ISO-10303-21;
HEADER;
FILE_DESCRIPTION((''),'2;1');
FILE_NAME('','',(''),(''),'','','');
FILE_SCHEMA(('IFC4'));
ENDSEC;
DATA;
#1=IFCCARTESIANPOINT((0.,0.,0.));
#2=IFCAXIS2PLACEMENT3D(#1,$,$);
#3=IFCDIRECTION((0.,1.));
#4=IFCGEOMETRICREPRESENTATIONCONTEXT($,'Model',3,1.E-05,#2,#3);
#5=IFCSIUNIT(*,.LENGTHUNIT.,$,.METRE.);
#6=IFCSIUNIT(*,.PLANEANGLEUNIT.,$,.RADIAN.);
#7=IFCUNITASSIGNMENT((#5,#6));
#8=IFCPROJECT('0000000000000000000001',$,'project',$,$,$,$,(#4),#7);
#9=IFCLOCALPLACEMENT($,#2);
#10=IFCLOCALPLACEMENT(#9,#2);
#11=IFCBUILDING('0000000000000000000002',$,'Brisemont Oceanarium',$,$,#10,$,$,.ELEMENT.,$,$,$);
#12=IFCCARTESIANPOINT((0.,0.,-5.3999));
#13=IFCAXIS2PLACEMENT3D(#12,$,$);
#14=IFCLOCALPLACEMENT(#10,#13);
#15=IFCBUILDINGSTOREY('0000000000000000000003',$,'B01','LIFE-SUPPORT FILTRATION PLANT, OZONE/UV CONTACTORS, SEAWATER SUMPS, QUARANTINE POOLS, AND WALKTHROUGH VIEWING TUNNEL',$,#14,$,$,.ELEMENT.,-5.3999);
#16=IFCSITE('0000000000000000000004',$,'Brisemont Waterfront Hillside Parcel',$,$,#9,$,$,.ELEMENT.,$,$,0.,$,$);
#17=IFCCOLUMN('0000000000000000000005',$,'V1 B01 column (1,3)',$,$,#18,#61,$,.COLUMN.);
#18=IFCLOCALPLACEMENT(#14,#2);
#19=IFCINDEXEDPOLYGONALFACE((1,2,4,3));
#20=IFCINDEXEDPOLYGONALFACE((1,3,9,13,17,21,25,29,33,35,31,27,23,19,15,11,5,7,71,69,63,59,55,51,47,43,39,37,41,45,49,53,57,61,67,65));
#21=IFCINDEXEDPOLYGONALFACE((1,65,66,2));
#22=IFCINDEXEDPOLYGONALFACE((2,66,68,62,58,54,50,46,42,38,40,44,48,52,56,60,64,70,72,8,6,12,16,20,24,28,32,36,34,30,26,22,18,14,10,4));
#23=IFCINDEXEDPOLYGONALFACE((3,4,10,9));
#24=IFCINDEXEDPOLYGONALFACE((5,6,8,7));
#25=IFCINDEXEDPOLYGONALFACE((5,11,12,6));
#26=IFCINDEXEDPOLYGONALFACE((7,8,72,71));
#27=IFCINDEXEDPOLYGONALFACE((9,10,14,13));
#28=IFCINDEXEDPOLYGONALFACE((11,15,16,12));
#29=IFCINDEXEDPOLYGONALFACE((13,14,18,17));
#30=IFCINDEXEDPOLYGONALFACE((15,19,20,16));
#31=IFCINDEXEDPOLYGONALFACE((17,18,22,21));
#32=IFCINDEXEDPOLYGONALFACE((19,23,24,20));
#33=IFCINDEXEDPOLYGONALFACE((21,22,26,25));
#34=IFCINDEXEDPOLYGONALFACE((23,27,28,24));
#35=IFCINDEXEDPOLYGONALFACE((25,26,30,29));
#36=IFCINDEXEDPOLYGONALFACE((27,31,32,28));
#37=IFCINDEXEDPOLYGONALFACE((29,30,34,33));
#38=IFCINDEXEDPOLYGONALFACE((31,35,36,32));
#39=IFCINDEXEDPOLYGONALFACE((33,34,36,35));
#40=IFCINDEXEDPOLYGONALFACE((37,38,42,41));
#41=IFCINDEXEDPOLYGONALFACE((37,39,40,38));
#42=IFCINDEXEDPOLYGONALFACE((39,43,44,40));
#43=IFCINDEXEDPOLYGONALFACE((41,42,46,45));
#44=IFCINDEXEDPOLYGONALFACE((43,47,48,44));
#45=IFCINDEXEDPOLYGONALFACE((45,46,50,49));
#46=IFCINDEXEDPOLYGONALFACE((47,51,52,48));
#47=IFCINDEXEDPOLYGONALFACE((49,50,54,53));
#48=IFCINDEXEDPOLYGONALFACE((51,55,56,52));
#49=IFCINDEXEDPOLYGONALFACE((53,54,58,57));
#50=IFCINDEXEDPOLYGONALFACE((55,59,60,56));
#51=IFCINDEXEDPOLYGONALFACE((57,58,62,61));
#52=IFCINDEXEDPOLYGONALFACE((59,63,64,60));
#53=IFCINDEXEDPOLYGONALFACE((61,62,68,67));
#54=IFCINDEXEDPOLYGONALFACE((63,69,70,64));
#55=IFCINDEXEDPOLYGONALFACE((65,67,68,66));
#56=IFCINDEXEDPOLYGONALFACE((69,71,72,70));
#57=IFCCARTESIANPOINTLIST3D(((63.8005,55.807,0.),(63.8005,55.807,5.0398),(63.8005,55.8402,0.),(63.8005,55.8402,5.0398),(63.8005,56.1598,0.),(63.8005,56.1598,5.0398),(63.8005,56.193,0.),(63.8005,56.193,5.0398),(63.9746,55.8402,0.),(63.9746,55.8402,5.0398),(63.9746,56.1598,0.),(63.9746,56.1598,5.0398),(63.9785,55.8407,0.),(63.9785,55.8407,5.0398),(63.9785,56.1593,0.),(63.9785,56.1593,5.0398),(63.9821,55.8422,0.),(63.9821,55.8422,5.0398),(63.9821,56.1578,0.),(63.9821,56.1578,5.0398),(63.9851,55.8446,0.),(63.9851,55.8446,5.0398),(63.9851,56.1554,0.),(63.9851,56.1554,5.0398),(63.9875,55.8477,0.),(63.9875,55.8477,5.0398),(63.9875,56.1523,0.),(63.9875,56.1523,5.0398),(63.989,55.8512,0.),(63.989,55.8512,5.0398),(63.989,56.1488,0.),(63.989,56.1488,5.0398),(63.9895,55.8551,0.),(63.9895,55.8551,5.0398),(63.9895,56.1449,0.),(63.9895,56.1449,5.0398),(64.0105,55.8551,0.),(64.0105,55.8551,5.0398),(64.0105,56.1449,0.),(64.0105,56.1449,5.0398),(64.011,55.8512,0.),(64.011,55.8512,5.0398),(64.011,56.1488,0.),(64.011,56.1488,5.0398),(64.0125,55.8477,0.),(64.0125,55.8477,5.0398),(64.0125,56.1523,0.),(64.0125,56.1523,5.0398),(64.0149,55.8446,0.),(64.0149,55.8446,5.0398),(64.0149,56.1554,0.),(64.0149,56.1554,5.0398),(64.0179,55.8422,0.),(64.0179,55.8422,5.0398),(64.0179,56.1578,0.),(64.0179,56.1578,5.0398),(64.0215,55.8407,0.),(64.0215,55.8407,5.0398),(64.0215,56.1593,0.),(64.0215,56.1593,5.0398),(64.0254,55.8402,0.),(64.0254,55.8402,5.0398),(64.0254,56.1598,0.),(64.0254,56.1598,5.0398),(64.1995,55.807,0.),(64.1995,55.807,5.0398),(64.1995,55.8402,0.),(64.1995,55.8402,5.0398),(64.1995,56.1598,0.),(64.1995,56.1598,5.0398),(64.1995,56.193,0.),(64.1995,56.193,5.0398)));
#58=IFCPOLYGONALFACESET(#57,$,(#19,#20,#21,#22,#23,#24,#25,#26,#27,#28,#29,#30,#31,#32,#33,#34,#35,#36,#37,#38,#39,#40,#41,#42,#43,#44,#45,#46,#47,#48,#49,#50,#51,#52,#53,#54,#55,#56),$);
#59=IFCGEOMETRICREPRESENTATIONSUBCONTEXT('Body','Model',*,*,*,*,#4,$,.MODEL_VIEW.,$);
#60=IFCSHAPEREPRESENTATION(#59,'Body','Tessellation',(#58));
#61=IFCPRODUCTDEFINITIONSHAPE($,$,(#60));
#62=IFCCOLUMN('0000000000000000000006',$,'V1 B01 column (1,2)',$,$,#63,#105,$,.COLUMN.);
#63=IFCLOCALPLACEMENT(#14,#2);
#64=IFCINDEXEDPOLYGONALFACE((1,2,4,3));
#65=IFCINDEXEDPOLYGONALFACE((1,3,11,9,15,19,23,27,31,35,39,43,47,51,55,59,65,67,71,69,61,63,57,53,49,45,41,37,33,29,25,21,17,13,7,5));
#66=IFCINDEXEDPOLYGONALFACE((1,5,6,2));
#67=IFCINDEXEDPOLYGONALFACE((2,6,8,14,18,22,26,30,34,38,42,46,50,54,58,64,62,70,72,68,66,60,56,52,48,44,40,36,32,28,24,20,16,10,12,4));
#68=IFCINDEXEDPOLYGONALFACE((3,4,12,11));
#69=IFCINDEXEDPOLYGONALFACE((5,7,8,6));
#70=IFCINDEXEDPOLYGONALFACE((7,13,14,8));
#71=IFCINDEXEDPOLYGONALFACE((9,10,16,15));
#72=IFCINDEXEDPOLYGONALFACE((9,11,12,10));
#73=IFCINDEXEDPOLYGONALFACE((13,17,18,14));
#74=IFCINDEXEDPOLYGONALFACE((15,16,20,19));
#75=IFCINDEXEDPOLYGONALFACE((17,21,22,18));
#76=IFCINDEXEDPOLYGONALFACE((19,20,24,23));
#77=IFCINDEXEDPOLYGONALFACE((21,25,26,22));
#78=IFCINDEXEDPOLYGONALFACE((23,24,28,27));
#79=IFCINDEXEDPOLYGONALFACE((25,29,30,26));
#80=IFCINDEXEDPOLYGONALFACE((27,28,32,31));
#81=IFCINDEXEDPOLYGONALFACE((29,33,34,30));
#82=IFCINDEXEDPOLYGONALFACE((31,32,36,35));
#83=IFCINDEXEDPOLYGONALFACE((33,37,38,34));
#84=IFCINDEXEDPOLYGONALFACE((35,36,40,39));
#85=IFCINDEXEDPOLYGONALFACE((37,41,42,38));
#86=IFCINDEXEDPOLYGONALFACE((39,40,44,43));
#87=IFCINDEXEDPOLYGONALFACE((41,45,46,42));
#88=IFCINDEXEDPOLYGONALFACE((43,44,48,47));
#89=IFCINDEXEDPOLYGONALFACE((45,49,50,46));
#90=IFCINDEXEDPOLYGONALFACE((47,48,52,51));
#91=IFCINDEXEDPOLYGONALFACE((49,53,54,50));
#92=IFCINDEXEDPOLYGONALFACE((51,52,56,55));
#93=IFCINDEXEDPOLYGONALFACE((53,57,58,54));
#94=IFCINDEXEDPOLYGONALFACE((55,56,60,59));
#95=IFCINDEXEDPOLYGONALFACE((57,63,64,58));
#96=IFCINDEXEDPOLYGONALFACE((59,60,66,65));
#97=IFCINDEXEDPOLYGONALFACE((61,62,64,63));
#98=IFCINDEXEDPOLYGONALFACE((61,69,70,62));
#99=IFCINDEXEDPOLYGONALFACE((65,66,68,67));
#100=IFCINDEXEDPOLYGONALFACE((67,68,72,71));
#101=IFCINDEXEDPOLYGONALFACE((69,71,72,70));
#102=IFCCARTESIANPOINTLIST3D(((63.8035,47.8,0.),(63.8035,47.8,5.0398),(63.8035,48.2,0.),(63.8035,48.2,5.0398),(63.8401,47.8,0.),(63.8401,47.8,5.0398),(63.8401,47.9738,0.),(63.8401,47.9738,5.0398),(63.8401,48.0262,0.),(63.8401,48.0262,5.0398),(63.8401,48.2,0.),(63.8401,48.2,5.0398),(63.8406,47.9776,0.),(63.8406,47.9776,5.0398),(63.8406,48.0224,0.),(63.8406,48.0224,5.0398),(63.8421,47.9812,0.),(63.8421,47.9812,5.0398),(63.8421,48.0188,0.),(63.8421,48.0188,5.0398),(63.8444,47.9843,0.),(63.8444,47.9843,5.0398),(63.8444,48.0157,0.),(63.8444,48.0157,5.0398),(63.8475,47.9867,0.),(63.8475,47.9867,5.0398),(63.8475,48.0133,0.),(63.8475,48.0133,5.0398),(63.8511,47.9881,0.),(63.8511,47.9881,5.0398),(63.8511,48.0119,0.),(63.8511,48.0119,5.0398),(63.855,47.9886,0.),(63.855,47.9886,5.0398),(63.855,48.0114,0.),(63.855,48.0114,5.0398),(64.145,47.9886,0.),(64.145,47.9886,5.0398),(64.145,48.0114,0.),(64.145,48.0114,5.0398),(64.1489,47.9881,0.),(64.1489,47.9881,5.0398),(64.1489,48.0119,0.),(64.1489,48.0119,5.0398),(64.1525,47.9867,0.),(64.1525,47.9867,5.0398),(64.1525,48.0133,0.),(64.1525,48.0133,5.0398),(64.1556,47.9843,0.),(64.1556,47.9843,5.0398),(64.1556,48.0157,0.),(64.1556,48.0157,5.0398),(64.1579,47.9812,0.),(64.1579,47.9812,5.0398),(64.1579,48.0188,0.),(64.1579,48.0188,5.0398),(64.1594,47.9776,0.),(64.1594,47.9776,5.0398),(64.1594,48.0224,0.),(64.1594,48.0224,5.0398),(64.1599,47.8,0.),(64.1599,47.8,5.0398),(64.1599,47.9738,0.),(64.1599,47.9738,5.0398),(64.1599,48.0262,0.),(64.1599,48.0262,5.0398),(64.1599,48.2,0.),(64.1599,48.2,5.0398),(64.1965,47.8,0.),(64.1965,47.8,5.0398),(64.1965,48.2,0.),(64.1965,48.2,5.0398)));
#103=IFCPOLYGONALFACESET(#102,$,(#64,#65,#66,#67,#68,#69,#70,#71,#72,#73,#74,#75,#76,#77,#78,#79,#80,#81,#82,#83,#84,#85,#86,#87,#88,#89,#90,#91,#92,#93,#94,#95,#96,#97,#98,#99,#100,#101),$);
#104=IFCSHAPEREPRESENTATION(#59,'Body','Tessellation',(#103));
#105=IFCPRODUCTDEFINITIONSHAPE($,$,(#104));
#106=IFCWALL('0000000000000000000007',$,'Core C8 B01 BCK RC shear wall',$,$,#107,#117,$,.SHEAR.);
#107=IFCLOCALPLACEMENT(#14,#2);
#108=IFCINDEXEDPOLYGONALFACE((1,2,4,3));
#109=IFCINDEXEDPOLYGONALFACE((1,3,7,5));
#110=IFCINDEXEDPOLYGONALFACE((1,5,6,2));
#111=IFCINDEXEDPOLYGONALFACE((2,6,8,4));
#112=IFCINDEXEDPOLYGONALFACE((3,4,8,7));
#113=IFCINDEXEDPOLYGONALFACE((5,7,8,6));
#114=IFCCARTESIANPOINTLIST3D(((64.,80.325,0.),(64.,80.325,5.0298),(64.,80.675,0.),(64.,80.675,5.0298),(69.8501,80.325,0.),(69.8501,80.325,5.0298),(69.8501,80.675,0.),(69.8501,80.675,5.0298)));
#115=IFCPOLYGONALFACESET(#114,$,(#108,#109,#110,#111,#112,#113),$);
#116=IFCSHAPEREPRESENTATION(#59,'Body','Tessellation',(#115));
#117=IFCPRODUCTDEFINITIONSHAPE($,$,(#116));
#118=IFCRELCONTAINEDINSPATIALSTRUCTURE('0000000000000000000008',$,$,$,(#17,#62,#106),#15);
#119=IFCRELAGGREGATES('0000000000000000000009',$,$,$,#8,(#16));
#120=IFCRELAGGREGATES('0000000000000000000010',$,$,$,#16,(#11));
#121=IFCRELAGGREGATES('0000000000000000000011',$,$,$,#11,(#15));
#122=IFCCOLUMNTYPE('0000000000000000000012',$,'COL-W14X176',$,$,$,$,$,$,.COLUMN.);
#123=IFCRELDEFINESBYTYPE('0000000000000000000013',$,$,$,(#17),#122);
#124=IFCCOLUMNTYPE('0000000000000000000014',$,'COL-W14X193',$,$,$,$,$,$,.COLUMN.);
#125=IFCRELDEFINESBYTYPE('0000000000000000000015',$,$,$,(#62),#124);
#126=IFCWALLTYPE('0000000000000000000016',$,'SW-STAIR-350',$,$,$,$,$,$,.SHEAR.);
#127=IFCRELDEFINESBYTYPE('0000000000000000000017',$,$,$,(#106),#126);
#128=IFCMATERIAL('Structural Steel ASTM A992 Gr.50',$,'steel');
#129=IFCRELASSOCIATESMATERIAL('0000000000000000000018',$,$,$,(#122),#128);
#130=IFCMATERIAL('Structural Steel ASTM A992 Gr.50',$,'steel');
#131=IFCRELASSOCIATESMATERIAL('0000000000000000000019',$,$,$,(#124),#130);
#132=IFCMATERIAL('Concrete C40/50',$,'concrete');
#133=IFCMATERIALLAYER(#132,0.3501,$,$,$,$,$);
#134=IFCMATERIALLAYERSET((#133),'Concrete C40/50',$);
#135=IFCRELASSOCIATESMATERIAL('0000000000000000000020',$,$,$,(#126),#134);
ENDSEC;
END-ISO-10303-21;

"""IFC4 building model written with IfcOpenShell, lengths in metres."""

from ifc_helpers import new_model, si_unit, direction, frame, frame_2d, origin, origin_2d, place, context, subcontext, project, spatial, rectangle, i_section, extrude, material, layer, layer_set, material_profile, profile_set, type_object, element, save


model = new_model("IFC4")

# Units and contexts
model_context = context("Model", 3, precision=1e-05, world=origin(), true_north=direction((0.0, 1.0)))
body_context = subcontext(model_context, "Body", "Model", "MODEL_VIEW")
ifc_project = project(units=[si_unit("LENGTHUNIT", "METRE"), si_unit("PLANEANGLEUNIT", "RADIAN")], contexts=[model_context])

# Site, building, storey
site_placement = place(None, origin())
site = spatial("IfcSite", under=ifc_project, at=site_placement, Name="Brisemont Waterfront Hillside Parcel", CompositionType="ELEMENT", RefElevation=0.0)
building_placement = place(site_placement, origin())
building = spatial("IfcBuilding", under=site, at=building_placement, Name="Brisemont Oceanarium", CompositionType="ELEMENT")
storey_placement = place(building_placement, frame((0.0, 0.0, -5.3999)))
storey = spatial("IfcBuildingStorey", under=building, at=storey_placement, Name="B01", Description="LIFE-SUPPORT FILTRATION PLANT, OZONE/UV CONTACTORS, SEAWATER SUMPS, QUARANTINE POOLS, AND WALKTHROUGH VIEWING TUNNEL", CompositionType="ELEMENT", Elevation=-5.3999)

# Columns
ifc_material_1 = material(Name="Structural Steel ASTM A992 Gr.50", Category="steel")
ifc_material_profile_1 = material_profile(ifc_material_1, i_section(OverallWidth=0.3989, OverallDepth=0.386, WebThickness=0.021, FlangeThickness=0.0332, FilletRadius=0.0149, at=origin_2d()), Name="W14X176")
ifc_profile_set_1 = profile_set([ifc_material_profile_1], Name="Structural Steel ASTM A992 Gr.50")
column_type_1 = type_object("IfcColumnType", Name="COL-W14X176", PredefinedType="COLUMN", material=ifc_profile_set_1)
column_1_placement = place(storey_placement, frame((64.0, 56.0, 0.0), z_axis=(0.0, 0.0, 1.0), x_axis=(1.0, 0.0, 0.0)))
element("IfcColumn", 1, at=column_1_placement, inside=storey, type_object=column_type_1, Name="V1 B01 column (1,3)", PredefinedType="COLUMN", context=body_context, shape_type="SweptSolid", body=[
    extrude(i_section(OverallWidth=0.3989, OverallDepth=0.386, WebThickness=0.021, FlangeThickness=0.0332, FilletRadius=0.0149, at=origin_2d()), origin(), (0.0, 0.0, 1.0), 5.0398),
])
ifc_material_2 = material(Name="Structural Steel ASTM A992 Gr.50", Category="steel")
ifc_material_profile_2 = material_profile(ifc_material_2, i_section(OverallWidth=0.3999, OverallDepth=0.3931, WebThickness=0.0227, FlangeThickness=0.0366, FilletRadius=0.0149, at=origin_2d()), Name="W14X193")
ifc_profile_set_2 = profile_set([ifc_material_profile_2], Name="Structural Steel ASTM A992 Gr.50")
column_type_2 = type_object("IfcColumnType", Name="COL-W14X193", PredefinedType="COLUMN", material=ifc_profile_set_2)
column_2_placement = place(storey_placement, frame((64.0, 48.0, 0.0), z_axis=(0.0, 0.0, 1.0), x_axis=(0.0, 1.0, 0.0)))
element("IfcColumn", 2, at=column_2_placement, inside=storey, type_object=column_type_2, Name="V1 B01 column (1,2)", PredefinedType="COLUMN", context=body_context, shape_type="SweptSolid", body=[
    extrude(i_section(OverallWidth=0.3999, OverallDepth=0.3931, WebThickness=0.0227, FlangeThickness=0.0366, FilletRadius=0.0149, at=origin_2d()), origin(), (0.0, 0.0, 1.0), 5.0398),
])

# Wall
ifc_material_3 = material(Name="Concrete C40/50", Category="concrete")
ifc_layer = layer(ifc_material_3, 0.3501)
ifc_layer_set = layer_set([ifc_layer], Name="Concrete C40/50")
wall_type = type_object("IfcWallType", Name="SW-STAIR-350", PredefinedType="SHEAR", material=ifc_layer_set)
wall_placement = place(storey_placement, frame((64.0, 80.5, 0.0), z_axis=(0.0, 0.0, 1.0), x_axis=(1.0, 0.0, 0.0)))
element("IfcWall", 3, at=wall_placement, inside=storey, type_object=wall_type, Name="Core C8 B01 BCK RC shear wall", PredefinedType="SHEAR", context=body_context, shape_type="SweptSolid", body=[
    extrude(rectangle(XDim=5.8501, YDim=0.3501, at=frame_2d((2.925, 0.0))), origin(), (0.0, 0.0, 1.0), 5.0298),
])

save(model, "model.ifc")
